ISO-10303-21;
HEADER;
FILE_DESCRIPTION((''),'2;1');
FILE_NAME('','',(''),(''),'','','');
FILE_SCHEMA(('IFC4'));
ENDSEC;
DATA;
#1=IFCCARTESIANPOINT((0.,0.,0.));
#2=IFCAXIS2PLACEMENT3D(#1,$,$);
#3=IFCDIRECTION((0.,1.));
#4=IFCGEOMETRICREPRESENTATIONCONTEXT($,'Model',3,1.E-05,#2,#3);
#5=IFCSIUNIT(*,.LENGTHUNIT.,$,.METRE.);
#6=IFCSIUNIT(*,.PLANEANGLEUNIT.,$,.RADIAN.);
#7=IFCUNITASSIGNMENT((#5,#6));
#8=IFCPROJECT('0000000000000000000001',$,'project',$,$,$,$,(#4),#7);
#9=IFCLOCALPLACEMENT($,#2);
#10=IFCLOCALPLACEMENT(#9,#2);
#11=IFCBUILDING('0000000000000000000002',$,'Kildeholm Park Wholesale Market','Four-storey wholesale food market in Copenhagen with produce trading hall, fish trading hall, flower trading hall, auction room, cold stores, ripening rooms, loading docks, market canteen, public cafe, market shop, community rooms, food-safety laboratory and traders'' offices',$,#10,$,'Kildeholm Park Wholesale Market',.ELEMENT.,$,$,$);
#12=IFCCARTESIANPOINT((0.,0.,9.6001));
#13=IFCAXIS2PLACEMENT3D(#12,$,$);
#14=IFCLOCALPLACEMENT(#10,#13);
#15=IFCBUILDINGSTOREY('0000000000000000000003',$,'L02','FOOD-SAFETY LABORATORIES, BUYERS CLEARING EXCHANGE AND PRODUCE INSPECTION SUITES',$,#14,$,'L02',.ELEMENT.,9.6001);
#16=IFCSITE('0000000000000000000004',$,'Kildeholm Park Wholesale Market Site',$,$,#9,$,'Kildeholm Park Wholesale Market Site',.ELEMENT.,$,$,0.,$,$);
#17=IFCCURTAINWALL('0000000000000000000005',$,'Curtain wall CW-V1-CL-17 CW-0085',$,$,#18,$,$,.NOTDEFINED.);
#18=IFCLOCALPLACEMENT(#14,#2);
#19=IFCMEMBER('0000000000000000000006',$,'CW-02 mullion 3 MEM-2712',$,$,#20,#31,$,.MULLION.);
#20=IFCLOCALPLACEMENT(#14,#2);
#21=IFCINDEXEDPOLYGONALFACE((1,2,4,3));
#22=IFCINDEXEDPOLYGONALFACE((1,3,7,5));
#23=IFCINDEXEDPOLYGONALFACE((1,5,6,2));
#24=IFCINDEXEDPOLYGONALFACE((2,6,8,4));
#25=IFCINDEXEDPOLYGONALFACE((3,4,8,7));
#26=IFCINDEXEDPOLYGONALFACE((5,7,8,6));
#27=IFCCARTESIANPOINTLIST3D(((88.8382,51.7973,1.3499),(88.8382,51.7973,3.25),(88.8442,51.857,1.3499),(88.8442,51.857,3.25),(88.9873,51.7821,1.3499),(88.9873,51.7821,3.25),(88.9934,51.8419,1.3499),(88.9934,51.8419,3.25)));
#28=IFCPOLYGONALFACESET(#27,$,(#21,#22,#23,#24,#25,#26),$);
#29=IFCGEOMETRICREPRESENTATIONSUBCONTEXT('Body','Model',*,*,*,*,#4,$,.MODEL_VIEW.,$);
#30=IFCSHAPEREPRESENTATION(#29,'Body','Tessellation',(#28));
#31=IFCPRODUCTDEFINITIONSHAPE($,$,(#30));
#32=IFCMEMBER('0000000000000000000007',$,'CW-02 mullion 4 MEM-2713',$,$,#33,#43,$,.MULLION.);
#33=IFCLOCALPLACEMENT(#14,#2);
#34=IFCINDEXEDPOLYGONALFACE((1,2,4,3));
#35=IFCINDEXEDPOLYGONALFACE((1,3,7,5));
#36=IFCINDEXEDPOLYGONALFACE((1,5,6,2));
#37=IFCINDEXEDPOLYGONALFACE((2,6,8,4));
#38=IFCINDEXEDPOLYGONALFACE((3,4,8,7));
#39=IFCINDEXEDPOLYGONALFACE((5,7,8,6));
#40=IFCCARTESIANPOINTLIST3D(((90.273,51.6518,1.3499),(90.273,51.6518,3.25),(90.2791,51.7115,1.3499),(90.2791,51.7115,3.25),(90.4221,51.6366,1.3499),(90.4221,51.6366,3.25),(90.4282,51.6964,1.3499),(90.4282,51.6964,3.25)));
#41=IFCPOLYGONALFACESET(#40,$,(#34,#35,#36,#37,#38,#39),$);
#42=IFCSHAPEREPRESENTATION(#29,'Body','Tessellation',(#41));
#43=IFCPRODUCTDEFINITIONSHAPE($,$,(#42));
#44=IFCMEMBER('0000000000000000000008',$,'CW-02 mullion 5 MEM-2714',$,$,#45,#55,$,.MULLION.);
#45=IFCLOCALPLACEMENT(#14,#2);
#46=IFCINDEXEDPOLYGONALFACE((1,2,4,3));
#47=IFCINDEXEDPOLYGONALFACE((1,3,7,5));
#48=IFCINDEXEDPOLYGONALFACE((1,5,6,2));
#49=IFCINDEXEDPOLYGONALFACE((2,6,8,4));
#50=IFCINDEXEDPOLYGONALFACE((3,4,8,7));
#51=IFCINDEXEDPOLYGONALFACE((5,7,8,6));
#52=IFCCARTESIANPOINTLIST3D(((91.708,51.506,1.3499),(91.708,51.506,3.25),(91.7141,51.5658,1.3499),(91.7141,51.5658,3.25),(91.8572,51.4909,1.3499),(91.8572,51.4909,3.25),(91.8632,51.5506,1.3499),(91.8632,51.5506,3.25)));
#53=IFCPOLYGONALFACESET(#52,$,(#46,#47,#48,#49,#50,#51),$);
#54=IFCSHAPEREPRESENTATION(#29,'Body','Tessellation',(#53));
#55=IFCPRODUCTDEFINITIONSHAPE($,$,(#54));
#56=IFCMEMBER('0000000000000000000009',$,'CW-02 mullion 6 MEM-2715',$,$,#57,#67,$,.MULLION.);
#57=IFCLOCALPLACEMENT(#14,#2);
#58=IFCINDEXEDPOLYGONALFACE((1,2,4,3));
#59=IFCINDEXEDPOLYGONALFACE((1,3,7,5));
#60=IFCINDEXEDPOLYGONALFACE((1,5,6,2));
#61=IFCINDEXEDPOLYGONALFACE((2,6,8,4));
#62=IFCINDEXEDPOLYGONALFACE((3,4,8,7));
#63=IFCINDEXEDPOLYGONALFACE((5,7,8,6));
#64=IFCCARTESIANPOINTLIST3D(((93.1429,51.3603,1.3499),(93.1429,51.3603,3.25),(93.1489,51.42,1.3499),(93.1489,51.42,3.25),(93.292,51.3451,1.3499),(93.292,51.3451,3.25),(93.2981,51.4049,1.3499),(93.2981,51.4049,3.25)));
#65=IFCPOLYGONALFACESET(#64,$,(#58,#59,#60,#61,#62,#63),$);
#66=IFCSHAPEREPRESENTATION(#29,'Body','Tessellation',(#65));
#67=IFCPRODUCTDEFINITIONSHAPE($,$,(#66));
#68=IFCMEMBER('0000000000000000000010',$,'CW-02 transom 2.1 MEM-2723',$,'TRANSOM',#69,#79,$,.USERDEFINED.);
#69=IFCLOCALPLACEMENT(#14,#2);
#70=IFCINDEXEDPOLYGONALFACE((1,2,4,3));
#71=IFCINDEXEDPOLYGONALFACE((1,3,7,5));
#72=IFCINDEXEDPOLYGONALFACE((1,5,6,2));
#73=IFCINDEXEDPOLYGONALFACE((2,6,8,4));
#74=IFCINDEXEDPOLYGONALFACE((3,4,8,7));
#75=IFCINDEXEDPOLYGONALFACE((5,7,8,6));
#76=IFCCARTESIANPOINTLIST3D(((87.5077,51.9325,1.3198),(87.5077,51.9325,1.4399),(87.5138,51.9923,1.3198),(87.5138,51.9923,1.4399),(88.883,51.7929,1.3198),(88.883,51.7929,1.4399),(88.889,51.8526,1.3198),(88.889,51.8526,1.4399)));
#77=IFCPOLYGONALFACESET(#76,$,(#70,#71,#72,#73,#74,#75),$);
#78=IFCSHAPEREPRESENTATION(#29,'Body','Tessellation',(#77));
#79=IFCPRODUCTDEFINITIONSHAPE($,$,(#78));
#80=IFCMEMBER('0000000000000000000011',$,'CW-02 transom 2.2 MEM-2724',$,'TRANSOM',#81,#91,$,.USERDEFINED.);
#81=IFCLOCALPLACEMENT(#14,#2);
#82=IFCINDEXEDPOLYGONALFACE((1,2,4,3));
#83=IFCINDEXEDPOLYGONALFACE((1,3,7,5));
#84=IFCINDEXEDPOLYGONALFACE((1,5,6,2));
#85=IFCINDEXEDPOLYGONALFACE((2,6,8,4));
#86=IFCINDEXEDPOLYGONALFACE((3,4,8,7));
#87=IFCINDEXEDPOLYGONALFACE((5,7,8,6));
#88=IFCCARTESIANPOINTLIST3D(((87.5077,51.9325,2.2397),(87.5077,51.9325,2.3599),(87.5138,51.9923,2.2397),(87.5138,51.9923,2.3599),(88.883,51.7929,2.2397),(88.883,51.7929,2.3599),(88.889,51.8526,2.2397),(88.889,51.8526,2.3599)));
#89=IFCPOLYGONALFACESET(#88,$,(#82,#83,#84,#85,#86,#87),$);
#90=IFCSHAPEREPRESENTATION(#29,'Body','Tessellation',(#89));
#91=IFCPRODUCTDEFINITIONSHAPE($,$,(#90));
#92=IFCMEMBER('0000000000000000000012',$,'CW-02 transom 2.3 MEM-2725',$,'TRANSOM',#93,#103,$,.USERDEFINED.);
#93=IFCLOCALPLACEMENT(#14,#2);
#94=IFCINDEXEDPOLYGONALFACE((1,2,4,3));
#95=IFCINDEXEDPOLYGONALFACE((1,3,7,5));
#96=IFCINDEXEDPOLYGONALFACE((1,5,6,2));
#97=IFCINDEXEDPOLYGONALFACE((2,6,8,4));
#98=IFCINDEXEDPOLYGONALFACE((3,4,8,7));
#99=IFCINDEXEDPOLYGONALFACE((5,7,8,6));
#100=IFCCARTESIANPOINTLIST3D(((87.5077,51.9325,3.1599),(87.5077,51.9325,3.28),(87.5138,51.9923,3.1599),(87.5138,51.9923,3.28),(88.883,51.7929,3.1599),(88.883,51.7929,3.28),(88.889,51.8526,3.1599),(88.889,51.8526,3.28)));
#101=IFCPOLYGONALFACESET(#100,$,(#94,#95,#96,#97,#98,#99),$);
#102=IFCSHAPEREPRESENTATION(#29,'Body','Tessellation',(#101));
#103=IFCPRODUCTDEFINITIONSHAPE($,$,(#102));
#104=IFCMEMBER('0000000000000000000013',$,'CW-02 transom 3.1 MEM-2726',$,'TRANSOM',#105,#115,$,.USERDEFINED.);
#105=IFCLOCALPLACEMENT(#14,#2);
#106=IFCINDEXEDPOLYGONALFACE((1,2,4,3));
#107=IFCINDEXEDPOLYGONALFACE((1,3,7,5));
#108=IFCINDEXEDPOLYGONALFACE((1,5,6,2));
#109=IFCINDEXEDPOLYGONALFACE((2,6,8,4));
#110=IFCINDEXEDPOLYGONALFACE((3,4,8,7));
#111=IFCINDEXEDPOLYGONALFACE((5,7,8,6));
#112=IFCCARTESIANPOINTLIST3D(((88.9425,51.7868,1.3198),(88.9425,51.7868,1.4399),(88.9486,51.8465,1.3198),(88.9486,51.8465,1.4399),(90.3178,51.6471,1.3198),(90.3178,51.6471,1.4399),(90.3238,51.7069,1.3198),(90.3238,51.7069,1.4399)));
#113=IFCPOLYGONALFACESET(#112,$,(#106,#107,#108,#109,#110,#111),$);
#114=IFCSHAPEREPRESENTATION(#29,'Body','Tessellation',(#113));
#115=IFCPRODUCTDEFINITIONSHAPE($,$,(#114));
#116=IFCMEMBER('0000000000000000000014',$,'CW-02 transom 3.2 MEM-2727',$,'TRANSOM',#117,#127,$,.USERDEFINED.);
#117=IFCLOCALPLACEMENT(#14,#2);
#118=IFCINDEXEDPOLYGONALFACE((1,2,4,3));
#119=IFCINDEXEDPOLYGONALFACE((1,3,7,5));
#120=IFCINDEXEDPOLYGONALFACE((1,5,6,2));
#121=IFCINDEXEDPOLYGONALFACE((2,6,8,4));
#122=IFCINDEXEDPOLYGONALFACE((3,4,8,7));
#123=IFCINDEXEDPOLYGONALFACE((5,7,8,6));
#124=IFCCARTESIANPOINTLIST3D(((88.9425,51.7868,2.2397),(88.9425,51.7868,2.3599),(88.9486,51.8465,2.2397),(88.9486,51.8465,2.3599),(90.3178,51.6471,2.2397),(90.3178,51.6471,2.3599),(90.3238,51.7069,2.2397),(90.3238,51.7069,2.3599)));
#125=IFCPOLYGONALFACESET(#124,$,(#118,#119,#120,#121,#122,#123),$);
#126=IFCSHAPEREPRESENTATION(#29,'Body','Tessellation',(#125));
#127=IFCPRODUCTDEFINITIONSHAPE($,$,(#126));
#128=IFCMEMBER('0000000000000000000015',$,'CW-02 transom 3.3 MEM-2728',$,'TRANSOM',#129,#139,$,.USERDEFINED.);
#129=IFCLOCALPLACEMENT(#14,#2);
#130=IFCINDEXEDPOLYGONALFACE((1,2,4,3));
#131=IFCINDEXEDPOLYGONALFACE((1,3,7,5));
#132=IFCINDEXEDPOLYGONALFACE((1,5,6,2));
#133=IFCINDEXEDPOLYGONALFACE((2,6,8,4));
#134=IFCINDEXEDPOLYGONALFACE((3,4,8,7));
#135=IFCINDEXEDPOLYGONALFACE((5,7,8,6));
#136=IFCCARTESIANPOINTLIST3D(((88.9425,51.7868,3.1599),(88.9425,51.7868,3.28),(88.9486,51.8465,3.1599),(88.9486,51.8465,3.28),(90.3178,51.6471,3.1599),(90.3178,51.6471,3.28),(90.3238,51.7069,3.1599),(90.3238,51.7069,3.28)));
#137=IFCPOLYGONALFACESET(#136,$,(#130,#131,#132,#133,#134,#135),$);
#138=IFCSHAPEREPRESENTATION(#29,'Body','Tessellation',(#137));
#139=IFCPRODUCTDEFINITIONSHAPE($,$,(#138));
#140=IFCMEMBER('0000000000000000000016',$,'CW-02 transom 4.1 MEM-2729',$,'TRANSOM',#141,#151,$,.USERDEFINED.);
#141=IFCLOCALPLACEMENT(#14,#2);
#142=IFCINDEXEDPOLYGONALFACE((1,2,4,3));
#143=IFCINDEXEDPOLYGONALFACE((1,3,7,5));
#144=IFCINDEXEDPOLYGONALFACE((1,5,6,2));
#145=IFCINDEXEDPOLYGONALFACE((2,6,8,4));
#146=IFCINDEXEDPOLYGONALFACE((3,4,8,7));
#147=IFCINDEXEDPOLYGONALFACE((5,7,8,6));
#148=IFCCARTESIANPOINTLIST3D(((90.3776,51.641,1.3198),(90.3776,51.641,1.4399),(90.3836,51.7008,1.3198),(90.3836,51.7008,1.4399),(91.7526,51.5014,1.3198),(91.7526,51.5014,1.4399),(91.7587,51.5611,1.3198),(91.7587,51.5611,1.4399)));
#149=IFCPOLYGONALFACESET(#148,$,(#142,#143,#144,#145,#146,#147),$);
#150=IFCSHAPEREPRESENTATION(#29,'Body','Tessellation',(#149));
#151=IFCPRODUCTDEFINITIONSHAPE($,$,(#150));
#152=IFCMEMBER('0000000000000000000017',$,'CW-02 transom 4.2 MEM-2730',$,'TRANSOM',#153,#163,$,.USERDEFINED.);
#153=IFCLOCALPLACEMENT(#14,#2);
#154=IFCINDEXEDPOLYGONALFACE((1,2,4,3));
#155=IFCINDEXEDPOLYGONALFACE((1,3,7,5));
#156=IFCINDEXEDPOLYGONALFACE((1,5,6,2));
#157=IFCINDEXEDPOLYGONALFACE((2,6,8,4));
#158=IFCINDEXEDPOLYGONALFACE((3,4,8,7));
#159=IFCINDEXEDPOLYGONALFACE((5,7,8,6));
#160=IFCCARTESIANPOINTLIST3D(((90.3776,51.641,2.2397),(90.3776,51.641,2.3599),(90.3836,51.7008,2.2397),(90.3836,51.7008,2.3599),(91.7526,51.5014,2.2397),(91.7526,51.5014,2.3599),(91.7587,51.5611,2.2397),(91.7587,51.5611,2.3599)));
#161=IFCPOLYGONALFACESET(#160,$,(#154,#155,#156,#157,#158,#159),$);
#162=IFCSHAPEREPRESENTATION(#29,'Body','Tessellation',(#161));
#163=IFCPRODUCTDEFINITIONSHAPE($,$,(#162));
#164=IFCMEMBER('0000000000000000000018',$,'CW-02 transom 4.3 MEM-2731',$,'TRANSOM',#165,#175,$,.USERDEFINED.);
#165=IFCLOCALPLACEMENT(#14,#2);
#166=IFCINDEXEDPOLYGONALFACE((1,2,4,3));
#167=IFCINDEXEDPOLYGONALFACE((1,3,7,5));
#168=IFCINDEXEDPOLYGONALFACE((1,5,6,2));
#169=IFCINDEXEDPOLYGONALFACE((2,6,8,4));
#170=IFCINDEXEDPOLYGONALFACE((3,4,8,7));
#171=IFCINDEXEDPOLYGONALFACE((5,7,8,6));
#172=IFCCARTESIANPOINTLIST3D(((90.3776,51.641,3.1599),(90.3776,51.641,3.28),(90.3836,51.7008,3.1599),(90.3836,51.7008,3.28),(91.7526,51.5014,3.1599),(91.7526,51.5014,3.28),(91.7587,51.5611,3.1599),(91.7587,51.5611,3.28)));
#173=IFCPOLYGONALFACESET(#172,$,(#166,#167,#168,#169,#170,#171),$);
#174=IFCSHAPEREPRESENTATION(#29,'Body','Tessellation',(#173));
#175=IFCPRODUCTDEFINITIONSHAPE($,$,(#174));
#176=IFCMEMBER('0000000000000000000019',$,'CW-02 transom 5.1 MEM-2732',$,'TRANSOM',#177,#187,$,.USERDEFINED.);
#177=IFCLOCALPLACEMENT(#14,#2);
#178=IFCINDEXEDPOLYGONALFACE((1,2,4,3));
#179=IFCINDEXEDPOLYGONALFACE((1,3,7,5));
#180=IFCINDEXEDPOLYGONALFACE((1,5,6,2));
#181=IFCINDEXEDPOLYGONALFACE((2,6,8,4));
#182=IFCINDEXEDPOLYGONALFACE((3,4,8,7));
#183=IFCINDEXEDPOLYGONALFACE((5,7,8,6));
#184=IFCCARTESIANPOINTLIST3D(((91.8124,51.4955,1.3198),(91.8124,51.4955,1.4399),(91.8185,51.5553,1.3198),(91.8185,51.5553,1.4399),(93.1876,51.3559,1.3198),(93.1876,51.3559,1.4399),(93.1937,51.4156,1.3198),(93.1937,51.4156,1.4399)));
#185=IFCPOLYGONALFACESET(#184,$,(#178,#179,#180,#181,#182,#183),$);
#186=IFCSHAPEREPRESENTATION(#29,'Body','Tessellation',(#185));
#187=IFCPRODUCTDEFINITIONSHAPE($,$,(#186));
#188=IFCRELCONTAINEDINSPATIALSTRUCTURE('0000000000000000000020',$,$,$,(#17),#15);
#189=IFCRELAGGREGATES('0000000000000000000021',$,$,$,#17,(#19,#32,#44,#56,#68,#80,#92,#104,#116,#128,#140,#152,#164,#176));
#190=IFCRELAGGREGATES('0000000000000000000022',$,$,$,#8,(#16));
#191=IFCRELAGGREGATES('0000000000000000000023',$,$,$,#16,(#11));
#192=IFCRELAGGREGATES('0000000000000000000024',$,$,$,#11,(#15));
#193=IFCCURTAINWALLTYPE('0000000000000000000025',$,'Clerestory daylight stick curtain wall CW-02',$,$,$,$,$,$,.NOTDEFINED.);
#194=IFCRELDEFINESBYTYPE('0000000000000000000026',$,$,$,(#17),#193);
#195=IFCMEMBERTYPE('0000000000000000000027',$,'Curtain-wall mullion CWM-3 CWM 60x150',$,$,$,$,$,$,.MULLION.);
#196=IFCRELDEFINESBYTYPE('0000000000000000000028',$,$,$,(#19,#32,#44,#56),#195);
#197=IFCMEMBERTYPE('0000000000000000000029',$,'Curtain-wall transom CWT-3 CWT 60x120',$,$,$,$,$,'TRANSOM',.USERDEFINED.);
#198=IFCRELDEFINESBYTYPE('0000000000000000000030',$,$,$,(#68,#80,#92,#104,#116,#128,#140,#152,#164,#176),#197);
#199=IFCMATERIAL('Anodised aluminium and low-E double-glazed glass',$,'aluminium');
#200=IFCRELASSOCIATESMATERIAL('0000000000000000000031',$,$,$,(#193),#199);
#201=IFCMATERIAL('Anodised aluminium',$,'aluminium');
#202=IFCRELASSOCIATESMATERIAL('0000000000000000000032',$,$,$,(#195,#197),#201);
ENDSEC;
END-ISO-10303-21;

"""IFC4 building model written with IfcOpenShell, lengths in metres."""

from ifc_helpers import new_model, si_unit, direction, frame, origin, origin_2d, place, context, subcontext, project, spatial, rectangle, extrude, material, material_profile, profile_set, type_object, element, aggregate, save


model = new_model("IFC4")

# Units and contexts
model_context = context("Model", 3, precision=1e-05, world=origin(), true_north=direction((0.0, 1.0)))
body_context = subcontext(model_context, "Body", "Model", "MODEL_VIEW")
ifc_project = project(units=[si_unit("LENGTHUNIT", "METRE"), si_unit("PLANEANGLEUNIT", "RADIAN")], contexts=[model_context])

# Site, building, storey
site_placement = place(None, origin())
site = spatial("IfcSite", under=ifc_project, at=site_placement, Name="Kildeholm Park Wholesale Market Site", LongName="Kildeholm Park Wholesale Market Site", CompositionType="ELEMENT", RefElevation=0.0)
building_placement = place(site_placement, origin())
building = spatial("IfcBuilding", under=site, at=building_placement, Name="Kildeholm Park Wholesale Market", Description="Four-storey wholesale food market in Copenhagen with produce trading hall, fish trading hall, flower trading hall, auction room, cold stores, ripening rooms, loading docks, market canteen, public cafe, market shop, community rooms, food-safety laboratory and traders' offices", LongName="Kildeholm Park Wholesale Market", CompositionType="ELEMENT")
storey_placement = place(building_placement, frame((0.0, 0.0, 9.6001)))
storey = spatial("IfcBuildingStorey", under=building, at=storey_placement, Name="L02", Description="FOOD-SAFETY LABORATORIES, BUYERS CLEARING EXCHANGE AND PRODUCE INSPECTION SUITES", LongName="L02", CompositionType="ELEMENT", Elevation=9.6001)

# Curtain wall, members
ifc_material_1 = material(Name="Anodised aluminium and low-E double-glazed glass", Category="aluminium")
curtain_wall_type = type_object("IfcCurtainWallType", Name="Clerestory daylight stick curtain wall CW-02", PredefinedType="NOTDEFINED", material=ifc_material_1)
curtain_wall_placement = place(storey_placement, origin())
curtain_wall = element("IfcCurtainWall", 1, at=curtain_wall_placement, inside=storey, type_object=curtain_wall_type, Name="Curtain wall CW-V1-CL-17 CW-0085", PredefinedType="NOTDEFINED")
ifc_material_2 = material(Name="Anodised aluminium", Category="aluminium")
ifc_material_profile_1 = material_profile(ifc_material_2, rectangle(XDim=0.0601, YDim=0.1499, at=origin_2d()), Name="CWM 60x150")
ifc_profile_set_1 = profile_set([ifc_material_profile_1], Name="Anodised aluminium")
member_type_1 = type_object("IfcMemberType", Name="Curtain-wall mullion CWM-3 CWM 60x150", PredefinedType="MULLION", material=ifc_profile_set_1)
member_1_placement = place(storey_placement, frame((88.9158, 51.8196, 1.3499), z_axis=(0.0, 0.0, 1.0), x_axis=(0.100999, 0.994887, 0.0)))
member_1 = element("IfcMember", 2, at=member_1_placement, type_object=member_type_1, Name="CW-02 mullion 3 MEM-2712", PredefinedType="MULLION", context=body_context, shape_type="SweptSolid", body=[
    extrude(rectangle(XDim=0.0601, YDim=0.1499, at=origin_2d()), origin(), (0.0, 0.0, 1.0), 1.9001),
])
member_2_placement = place(storey_placement, frame((90.3506, 51.6741, 1.3499), z_axis=(0.0, 0.0, 1.0), x_axis=(0.100999, 0.994887, 0.0)))
member_2 = element("IfcMember", 3, at=member_2_placement, type_object=member_type_1, Name="CW-02 mullion 4 MEM-2713", PredefinedType="MULLION", context=body_context, shape_type="SweptSolid", body=[
    extrude(rectangle(XDim=0.0601, YDim=0.1499, at=origin_2d()), origin(), (0.0, 0.0, 1.0), 1.9001),
])
member_3_placement = place(storey_placement, frame((91.7856, 51.5283, 1.3499), z_axis=(0.0, 0.0, 1.0), x_axis=(0.100999, 0.994887, 0.0)))
member_3 = element("IfcMember", 4, at=member_3_placement, type_object=member_type_1, Name="CW-02 mullion 5 MEM-2714", PredefinedType="MULLION", context=body_context, shape_type="SweptSolid", body=[
    extrude(rectangle(XDim=0.0601, YDim=0.1499, at=origin_2d()), origin(), (0.0, 0.0, 1.0), 1.9001),
])
member_4_placement = place(storey_placement, frame((93.2205, 51.3826, 1.3499), z_axis=(0.0, 0.0, 1.0), x_axis=(0.100999, 0.994887, 0.0)))
member_4 = element("IfcMember", 5, at=member_4_placement, type_object=member_type_1, Name="CW-02 mullion 6 MEM-2715", PredefinedType="MULLION", context=body_context, shape_type="SweptSolid", body=[
    extrude(rectangle(XDim=0.0601, YDim=0.1499, at=origin_2d()), origin(), (0.0, 0.0, 1.0), 1.9001),
])
ifc_material_profile_2 = material_profile(ifc_material_2, rectangle(XDim=0.0601, YDim=0.1201, at=origin_2d()), Name="CWT 60x120")
ifc_profile_set_2 = profile_set([ifc_material_profile_2], Name="Anodised aluminium")
member_type_2 = type_object("IfcMemberType", Name="Curtain-wall transom CWT-3 CWT 60x120", ElementType="TRANSOM", PredefinedType="USERDEFINED", material=ifc_profile_set_2)
member_5_placement = place(storey_placement, frame((87.5107, 51.9624, 1.3799), z_axis=(0.994884, -0.101025, 0.0), x_axis=(0.101025, 0.994884, 0.0)))
member_5 = element("IfcMember", 6, at=member_5_placement, type_object=member_type_2, Name="CW-02 transom 2.1 MEM-2723", ObjectType="TRANSOM", PredefinedType="USERDEFINED", context=body_context, shape_type="SweptSolid", body=[
    extrude(rectangle(XDim=0.0601, YDim=0.1201, at=origin_2d()), origin(), (0.0, 0.0, 1.0), 1.3823),
])
member_6_placement = place(storey_placement, frame((87.5107, 51.9624, 2.2998), z_axis=(0.994884, -0.101025, 0.0), x_axis=(0.101025, 0.994884, 0.0)))
member_6 = element("IfcMember", 7, at=member_6_placement, type_object=member_type_2, Name="CW-02 transom 2.2 MEM-2724", ObjectType="TRANSOM", PredefinedType="USERDEFINED", context=body_context, shape_type="SweptSolid", body=[
    extrude(rectangle(XDim=0.0601, YDim=0.1201, at=origin_2d()), origin(), (0.0, 0.0, 1.0), 1.3823),
])
member_7_placement = place(storey_placement, frame((87.5107, 51.9624, 3.22), z_axis=(0.994884, -0.101025, 0.0), x_axis=(0.101025, 0.994884, 0.0)))
member_7 = element("IfcMember", 8, at=member_7_placement, type_object=member_type_2, Name="CW-02 transom 2.3 MEM-2725", ObjectType="TRANSOM", PredefinedType="USERDEFINED", context=body_context, shape_type="SweptSolid", body=[
    extrude(rectangle(XDim=0.0601, YDim=0.1201, at=origin_2d()), origin(), (0.0, 0.0, 1.0), 1.3823),
])
member_8_placement = place(storey_placement, frame((88.9456, 51.8167, 1.3799), z_axis=(0.994884, -0.101025, 0.0), x_axis=(0.101025, 0.994884, 0.0)))
member_8 = element("IfcMember", 9, at=member_8_placement, type_object=member_type_2, Name="CW-02 transom 3.1 MEM-2726", ObjectType="TRANSOM", PredefinedType="USERDEFINED", context=body_context, shape_type="SweptSolid", body=[
    extrude(rectangle(XDim=0.0601, YDim=0.1201, at=origin_2d()), origin(), (0.0, 0.0, 1.0), 1.3823),
])
member_9_placement = place(storey_placement, frame((88.9456, 51.8167, 2.2998), z_axis=(0.994884, -0.101025, 0.0), x_axis=(0.101025, 0.994884, 0.0)))
member_9 = element("IfcMember", 10, at=member_9_placement, type_object=member_type_2, Name="CW-02 transom 3.2 MEM-2727", ObjectType="TRANSOM", PredefinedType="USERDEFINED", context=body_context, shape_type="SweptSolid", body=[
    extrude(rectangle(XDim=0.0601, YDim=0.1201, at=origin_2d()), origin(), (0.0, 0.0, 1.0), 1.3823),
])
member_10_placement = place(storey_placement, frame((88.9456, 51.8167, 3.22), z_axis=(0.994884, -0.101025, 0.0), x_axis=(0.101025, 0.994884, 0.0)))
member_10 = element("IfcMember", 11, at=member_10_placement, type_object=member_type_2, Name="CW-02 transom 3.3 MEM-2728", ObjectType="TRANSOM", PredefinedType="USERDEFINED", context=body_context, shape_type="SweptSolid", body=[
    extrude(rectangle(XDim=0.0601, YDim=0.1201, at=origin_2d()), origin(), (0.0, 0.0, 1.0), 1.3823),
])
member_11_placement = place(storey_placement, frame((90.3806, 51.6709, 1.3799), z_axis=(0.994882, -0.101043, 0.0), x_axis=(0.101043, 0.994882, 0.0)))
member_11 = element("IfcMember", 12, at=member_11_placement, type_object=member_type_2, Name="CW-02 transom 4.1 MEM-2729", ObjectType="TRANSOM", PredefinedType="USERDEFINED", context=body_context, shape_type="SweptSolid", body=[
    extrude(rectangle(XDim=0.0601, YDim=0.1201, at=origin_2d()), origin(), (0.0, 0.0, 1.0), 1.3821),
])
member_12_placement = place(storey_placement, frame((90.3806, 51.6709, 2.2998), z_axis=(0.994882, -0.101043, 0.0), x_axis=(0.101043, 0.994882, 0.0)))
member_12 = element("IfcMember", 13, at=member_12_placement, type_object=member_type_2, Name="CW-02 transom 4.2 MEM-2730", ObjectType="TRANSOM", PredefinedType="USERDEFINED", context=body_context, shape_type="SweptSolid", body=[
    extrude(rectangle(XDim=0.0601, YDim=0.1201, at=origin_2d()), origin(), (0.0, 0.0, 1.0), 1.3821),
])
member_13_placement = place(storey_placement, frame((90.3806, 51.6709, 3.22), z_axis=(0.994882, -0.101043, 0.0), x_axis=(0.101043, 0.994882, 0.0)))
member_13 = element("IfcMember", 14, at=member_13_placement, type_object=member_type_2, Name="CW-02 transom 4.3 MEM-2731", ObjectType="TRANSOM", PredefinedType="USERDEFINED", context=body_context, shape_type="SweptSolid", body=[
    extrude(rectangle(XDim=0.0601, YDim=0.1201, at=origin_2d()), origin(), (0.0, 0.0, 1.0), 1.3821),
])
member_14_placement = place(storey_placement, frame((91.8154, 51.5254, 1.3799), z_axis=(0.994884, -0.101025, 0.0), x_axis=(0.101025, 0.994884, 0.0)))
member_14 = element("IfcMember", 15, at=member_14_placement, type_object=member_type_2, Name="CW-02 transom 5.1 MEM-2732", ObjectType="TRANSOM", PredefinedType="USERDEFINED", context=body_context, shape_type="SweptSolid", body=[
    extrude(rectangle(XDim=0.0601, YDim=0.1201, at=origin_2d()), origin(), (0.0, 0.0, 1.0), 1.3823),
])
aggregate(curtain_wall, [member_1, member_2, member_3, member_4, member_5, member_6, member_7, member_8, member_9, member_10, member_11, member_12, member_13, member_14])

save(model, "model.ifc")
